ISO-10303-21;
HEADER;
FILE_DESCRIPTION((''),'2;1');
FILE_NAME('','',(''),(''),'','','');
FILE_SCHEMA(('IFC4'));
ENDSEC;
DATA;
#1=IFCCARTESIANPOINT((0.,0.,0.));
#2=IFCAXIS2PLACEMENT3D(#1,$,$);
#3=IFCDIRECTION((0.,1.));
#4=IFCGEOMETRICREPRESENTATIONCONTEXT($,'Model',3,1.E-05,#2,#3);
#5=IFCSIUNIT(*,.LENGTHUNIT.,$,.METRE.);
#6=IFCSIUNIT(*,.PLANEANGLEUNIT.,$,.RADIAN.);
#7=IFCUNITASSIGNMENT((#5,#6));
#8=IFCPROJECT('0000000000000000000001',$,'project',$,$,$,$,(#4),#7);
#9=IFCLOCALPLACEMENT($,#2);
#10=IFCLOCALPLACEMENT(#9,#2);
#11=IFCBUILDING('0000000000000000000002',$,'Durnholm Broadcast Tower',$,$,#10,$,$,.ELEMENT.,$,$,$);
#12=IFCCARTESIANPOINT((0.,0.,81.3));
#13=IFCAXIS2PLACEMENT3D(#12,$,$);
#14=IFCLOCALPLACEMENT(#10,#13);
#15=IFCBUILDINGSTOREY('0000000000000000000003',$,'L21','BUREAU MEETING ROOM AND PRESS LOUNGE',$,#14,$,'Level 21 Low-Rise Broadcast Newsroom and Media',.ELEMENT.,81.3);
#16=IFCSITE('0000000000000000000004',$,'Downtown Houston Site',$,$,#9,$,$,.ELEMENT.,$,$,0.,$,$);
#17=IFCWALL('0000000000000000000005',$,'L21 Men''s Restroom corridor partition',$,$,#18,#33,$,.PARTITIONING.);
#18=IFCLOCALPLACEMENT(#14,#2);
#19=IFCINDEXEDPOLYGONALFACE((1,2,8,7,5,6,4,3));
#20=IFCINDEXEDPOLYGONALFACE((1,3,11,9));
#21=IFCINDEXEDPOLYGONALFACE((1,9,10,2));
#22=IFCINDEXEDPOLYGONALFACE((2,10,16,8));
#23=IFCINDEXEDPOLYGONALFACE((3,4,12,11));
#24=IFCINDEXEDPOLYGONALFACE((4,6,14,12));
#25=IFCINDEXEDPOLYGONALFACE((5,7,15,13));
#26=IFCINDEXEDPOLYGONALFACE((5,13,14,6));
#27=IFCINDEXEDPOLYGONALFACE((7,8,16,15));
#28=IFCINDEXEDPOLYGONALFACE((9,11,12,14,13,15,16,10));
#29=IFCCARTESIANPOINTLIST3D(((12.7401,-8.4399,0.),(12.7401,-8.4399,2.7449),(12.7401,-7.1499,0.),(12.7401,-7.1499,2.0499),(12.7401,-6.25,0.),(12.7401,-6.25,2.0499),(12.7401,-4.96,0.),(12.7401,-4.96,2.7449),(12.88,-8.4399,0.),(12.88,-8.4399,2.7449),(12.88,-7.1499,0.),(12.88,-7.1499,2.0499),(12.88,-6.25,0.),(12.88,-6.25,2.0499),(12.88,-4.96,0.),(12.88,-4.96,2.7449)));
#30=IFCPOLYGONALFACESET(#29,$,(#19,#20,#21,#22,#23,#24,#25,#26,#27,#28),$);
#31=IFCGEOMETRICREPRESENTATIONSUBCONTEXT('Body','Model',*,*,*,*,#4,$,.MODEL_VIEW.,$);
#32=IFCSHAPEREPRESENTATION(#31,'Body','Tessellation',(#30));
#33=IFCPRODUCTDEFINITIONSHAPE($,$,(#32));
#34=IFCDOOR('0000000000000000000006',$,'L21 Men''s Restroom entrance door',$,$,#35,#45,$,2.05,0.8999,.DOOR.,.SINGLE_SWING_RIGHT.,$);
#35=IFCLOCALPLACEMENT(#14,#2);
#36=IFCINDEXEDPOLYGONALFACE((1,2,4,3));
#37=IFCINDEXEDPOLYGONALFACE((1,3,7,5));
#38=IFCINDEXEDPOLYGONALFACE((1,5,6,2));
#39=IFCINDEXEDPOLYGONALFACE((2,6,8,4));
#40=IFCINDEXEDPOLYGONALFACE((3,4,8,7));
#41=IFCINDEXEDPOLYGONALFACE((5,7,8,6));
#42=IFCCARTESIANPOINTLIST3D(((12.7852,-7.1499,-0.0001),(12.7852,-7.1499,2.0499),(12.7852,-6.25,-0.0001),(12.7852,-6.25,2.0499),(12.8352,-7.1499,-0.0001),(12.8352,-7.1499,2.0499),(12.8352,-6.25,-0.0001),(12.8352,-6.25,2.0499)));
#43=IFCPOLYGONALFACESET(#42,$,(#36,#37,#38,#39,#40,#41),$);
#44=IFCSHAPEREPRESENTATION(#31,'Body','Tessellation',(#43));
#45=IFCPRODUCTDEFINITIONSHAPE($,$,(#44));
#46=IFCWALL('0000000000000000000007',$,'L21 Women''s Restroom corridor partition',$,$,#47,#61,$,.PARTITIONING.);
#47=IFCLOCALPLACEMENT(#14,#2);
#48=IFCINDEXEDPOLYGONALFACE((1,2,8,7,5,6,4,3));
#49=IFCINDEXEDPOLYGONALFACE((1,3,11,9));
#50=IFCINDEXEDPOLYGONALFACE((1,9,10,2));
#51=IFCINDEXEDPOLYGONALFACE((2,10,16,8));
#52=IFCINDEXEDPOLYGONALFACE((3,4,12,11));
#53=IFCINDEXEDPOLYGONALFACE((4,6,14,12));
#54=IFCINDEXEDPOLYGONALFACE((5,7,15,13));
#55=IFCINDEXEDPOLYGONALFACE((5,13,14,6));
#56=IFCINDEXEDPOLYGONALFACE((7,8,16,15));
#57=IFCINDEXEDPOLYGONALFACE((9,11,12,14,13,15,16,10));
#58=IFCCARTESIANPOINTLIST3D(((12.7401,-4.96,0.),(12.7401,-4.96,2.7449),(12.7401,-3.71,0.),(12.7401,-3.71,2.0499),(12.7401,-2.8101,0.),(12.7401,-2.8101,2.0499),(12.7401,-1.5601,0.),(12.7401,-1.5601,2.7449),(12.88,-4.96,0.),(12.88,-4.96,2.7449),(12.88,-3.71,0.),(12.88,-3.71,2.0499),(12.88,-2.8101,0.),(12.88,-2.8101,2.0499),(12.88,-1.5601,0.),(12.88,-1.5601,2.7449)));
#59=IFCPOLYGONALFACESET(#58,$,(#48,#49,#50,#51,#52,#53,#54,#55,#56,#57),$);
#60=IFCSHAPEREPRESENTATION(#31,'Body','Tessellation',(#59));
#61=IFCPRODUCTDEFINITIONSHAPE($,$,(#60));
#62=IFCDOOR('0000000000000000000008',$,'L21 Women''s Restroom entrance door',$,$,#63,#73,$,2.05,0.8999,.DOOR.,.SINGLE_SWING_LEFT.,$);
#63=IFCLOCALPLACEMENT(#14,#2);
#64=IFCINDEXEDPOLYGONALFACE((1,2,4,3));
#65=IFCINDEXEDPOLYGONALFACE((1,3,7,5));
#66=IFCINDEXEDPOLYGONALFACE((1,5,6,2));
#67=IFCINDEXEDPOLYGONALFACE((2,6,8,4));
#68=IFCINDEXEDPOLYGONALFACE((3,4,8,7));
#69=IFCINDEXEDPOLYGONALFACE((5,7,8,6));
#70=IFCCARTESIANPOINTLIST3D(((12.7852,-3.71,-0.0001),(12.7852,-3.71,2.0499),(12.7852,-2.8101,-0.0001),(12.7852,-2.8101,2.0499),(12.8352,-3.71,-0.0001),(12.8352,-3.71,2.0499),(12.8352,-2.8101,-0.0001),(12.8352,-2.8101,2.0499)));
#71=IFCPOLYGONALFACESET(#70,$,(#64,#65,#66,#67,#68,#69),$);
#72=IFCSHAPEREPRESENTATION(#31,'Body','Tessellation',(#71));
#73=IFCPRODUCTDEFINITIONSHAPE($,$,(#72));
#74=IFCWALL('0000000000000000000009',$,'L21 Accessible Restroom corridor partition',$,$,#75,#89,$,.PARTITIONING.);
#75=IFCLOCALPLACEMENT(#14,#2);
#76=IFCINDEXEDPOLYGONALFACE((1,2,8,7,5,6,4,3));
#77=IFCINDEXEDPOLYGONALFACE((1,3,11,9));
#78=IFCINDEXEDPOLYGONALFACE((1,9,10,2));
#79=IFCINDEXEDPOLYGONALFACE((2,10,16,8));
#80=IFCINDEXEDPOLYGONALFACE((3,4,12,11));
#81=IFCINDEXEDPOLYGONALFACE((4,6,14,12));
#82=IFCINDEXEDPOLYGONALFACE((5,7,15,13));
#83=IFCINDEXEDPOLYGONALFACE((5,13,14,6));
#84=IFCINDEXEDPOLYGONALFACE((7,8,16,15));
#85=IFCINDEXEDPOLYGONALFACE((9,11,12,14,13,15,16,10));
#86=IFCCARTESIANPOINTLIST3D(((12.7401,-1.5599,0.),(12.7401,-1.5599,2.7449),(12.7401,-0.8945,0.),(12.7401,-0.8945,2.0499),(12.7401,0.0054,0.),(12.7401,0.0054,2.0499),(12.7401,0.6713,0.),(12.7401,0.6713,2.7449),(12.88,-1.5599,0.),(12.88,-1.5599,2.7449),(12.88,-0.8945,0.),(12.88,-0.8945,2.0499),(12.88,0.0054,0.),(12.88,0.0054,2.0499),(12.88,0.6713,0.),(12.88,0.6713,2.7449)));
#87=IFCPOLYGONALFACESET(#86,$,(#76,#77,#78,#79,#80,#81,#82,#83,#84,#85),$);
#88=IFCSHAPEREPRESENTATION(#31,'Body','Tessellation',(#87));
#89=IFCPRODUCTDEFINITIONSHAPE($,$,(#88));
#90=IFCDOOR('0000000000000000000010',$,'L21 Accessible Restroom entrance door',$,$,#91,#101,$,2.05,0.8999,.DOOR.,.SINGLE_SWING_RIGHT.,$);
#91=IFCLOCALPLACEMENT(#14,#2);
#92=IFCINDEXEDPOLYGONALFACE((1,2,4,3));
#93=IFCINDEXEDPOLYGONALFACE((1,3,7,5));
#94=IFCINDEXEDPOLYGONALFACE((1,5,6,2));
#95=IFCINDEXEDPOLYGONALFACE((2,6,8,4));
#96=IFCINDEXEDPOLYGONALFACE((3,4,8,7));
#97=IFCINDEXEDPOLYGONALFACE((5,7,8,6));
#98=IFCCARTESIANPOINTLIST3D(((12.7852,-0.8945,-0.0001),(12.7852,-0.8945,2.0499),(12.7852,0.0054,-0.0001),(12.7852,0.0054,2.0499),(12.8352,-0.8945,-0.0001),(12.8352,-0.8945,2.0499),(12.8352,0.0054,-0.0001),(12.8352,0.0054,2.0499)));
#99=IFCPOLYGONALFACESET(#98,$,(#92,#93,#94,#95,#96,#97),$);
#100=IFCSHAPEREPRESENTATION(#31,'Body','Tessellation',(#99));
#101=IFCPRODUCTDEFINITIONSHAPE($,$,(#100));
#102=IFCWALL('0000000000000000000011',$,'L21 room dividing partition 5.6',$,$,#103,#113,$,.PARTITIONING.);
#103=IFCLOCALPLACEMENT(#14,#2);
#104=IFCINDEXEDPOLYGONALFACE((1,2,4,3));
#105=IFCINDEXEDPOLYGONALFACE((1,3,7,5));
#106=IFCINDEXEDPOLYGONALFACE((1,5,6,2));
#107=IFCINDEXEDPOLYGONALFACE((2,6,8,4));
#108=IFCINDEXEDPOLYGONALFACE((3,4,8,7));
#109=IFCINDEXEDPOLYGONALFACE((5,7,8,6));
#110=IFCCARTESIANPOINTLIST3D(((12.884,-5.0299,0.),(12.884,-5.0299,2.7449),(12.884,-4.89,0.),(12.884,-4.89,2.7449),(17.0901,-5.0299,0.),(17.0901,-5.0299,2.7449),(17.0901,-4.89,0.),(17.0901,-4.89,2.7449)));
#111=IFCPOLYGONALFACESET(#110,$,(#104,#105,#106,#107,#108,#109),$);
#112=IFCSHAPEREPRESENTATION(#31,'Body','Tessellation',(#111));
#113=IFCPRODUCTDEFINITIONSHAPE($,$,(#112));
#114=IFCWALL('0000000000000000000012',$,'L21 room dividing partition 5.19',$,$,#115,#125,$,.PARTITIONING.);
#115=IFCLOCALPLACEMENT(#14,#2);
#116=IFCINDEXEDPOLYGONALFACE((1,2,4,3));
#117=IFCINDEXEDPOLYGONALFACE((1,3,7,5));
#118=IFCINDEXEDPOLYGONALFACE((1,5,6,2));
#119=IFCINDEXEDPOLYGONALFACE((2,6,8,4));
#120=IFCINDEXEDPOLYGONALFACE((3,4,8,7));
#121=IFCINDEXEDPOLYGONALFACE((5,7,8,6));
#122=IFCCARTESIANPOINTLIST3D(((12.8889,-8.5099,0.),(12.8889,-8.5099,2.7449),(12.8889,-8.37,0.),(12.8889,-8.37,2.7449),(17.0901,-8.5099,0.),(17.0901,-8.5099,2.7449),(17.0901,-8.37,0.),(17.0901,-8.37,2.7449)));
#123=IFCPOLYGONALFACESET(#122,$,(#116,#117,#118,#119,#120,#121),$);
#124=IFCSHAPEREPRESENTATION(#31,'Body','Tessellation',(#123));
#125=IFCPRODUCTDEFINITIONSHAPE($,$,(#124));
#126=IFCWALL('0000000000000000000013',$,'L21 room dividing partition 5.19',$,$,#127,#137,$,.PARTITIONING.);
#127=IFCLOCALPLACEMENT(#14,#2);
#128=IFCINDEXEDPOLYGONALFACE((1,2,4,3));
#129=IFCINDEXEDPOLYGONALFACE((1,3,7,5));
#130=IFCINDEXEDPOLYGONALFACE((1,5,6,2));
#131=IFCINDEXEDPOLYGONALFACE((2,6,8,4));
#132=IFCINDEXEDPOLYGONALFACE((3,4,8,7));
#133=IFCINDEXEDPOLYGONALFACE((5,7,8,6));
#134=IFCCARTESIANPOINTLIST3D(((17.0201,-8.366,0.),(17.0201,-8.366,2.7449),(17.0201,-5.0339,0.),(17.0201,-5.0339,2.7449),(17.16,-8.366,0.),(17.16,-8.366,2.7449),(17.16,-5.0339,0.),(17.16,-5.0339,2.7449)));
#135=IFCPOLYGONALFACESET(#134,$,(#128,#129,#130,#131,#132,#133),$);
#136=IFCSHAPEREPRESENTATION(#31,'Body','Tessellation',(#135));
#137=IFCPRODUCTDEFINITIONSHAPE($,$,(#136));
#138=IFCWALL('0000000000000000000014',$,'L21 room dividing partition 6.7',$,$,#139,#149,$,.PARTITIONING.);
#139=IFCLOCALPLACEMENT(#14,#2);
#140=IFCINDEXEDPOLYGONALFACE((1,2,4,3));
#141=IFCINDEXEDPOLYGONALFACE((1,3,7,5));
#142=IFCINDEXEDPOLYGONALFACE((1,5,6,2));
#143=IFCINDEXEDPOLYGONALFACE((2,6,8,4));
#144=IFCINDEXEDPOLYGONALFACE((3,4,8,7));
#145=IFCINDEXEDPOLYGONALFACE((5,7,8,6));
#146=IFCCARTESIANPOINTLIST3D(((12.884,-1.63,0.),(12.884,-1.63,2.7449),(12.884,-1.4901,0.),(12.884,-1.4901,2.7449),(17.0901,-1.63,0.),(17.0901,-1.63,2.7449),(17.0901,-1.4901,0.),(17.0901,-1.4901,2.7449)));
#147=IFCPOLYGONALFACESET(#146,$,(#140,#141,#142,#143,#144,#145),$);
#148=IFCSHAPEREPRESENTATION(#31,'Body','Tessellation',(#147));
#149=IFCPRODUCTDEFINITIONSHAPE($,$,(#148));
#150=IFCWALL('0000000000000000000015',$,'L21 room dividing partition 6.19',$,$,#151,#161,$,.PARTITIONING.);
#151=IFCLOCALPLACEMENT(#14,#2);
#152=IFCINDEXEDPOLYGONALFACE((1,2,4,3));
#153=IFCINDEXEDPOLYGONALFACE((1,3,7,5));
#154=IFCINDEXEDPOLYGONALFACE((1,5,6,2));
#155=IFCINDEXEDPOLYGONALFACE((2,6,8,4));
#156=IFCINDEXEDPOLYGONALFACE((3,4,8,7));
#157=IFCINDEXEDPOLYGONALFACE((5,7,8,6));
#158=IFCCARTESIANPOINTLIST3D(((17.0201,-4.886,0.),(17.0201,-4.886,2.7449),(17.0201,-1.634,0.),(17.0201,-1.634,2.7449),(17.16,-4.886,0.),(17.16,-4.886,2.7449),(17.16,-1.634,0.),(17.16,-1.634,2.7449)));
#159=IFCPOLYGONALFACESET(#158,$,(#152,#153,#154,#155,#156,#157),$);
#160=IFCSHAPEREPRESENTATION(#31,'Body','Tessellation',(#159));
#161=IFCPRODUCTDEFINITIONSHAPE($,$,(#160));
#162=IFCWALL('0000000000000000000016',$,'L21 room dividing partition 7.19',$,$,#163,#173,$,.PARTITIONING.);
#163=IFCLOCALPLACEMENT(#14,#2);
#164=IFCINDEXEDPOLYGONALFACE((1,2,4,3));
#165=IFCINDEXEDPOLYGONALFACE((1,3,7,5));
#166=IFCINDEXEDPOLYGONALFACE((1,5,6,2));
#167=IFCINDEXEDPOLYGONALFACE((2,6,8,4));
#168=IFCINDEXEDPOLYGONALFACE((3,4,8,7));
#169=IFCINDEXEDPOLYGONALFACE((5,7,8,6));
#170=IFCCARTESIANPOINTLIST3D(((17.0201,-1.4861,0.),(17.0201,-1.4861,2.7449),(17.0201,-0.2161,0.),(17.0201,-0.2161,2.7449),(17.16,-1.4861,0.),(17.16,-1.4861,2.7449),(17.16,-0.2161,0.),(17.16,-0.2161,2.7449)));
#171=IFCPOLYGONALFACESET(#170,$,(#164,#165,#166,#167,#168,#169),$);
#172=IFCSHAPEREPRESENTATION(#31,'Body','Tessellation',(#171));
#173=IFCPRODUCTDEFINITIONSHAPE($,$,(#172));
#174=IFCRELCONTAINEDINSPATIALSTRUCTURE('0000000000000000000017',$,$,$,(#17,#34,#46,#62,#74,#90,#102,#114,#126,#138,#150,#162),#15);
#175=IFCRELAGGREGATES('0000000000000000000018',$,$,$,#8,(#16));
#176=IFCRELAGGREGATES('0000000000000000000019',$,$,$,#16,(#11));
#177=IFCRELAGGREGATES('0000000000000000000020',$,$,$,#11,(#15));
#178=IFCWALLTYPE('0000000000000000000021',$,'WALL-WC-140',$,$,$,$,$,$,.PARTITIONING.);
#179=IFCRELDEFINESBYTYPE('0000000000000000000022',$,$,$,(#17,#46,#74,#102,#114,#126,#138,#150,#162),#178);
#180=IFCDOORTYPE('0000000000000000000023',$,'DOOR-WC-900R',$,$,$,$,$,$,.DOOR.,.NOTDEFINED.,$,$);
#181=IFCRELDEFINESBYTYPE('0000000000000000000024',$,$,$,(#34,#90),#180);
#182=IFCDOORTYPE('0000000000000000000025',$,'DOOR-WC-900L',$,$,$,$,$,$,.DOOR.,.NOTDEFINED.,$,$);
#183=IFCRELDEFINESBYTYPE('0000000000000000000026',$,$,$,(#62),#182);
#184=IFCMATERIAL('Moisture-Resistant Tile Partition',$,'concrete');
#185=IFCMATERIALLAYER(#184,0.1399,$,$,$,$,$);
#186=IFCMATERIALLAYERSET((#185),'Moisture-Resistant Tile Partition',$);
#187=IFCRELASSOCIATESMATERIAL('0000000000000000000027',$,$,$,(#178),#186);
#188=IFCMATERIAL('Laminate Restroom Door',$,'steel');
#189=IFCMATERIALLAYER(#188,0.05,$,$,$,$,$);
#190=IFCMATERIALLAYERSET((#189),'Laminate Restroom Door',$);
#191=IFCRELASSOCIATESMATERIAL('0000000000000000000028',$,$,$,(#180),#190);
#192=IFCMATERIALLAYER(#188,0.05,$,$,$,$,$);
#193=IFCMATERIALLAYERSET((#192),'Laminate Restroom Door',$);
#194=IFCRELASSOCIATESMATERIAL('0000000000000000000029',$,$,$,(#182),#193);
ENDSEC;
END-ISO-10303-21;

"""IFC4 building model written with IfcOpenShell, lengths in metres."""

from ifc_helpers import new_model, si_unit, direction, frame, frame_2d, origin, place, context, subcontext, project, spatial, rectangle, extrude, source, transform, mapped, material, layer, layer_set, type_object, type_shapes, element, fill, save


model = new_model("IFC4")

# Units and contexts
model_context = context("Model", 3, precision=1e-05, world=origin(), true_north=direction((0.0, 1.0)))
body_context = subcontext(model_context, "Body", "Model", "MODEL_VIEW")
ifc_project = project(units=[si_unit("LENGTHUNIT", "METRE"), si_unit("PLANEANGLEUNIT", "RADIAN")], contexts=[model_context])

# Site, building, storey
site_placement = place(None, origin())
site = spatial("IfcSite", under=ifc_project, at=site_placement, Name="Downtown Houston Site", CompositionType="ELEMENT", RefElevation=0.0)
building_placement = place(site_placement, origin())
building = spatial("IfcBuilding", under=site, at=building_placement, Name="Durnholm Broadcast Tower", CompositionType="ELEMENT")
storey_placement = place(building_placement, frame((0.0, 0.0, 81.3)))
storey = spatial("IfcBuildingStorey", under=building, at=storey_placement, Name="L21", Description="BUREAU MEETING ROOM AND PRESS LOUNGE", LongName="Level 21 Low-Rise Broadcast Newsroom and Media", CompositionType="ELEMENT", Elevation=81.3)

# Walls, openings, doors
ifc_material_1 = material(Name="Moisture-Resistant Tile Partition", Category="concrete")
ifc_layer_1 = layer(ifc_material_1, 0.1399)
ifc_layer_set_1 = layer_set([ifc_layer_1], Name="Moisture-Resistant Tile Partition")
wall_type = type_object("IfcWallType", Name="WALL-WC-140", PredefinedType="PARTITIONING", material=ifc_layer_set_1)
wall_1_placement = place(storey_placement, frame((12.8101, -8.4399, 0.0), z_axis=(0.0, 0.0, 1.0), x_axis=(0.0, 1.0, 0.0)))
wall_1 = element("IfcWall", 1, at=wall_1_placement, inside=storey, type_object=wall_type, Name="L21 Men's Restroom corridor partition", PredefinedType="PARTITIONING", context=body_context, shape_type="SweptSolid", body=[
    extrude(rectangle(XDim=3.48, YDim=0.1399, at=frame_2d((1.74, 0.0))), origin(), (0.0, 0.0, 1.0), 2.7449),
])
opening_1_placement = place(wall_1_placement, frame((1.29, 0.0, 0.0)))
opening_1 = element("IfcOpeningElement", 2, at=opening_1_placement, cuts=wall_1, PredefinedType="OPENING", context=body_context, shape_type="SweptSolid", body=[
    extrude(rectangle(XDim=0.8999, YDim=2.05, at=frame_2d((0.45, 1.0249))), frame((0.0, 0.0801, 0.0), z_axis=(0.0, -1.0, 0.0), x_axis=(1.0, 0.0, 0.0)), (0.0, 0.0, 1.0), 0.1599),
])
ifc_material_2 = material(Name="Laminate Restroom Door", Category="steel")
ifc_layer_2 = layer(ifc_material_2, 0.05)
ifc_layer_set_2 = layer_set([ifc_layer_2], Name="Laminate Restroom Door")
door_type_1 = type_object("IfcDoorType", Name="DOOR-WC-900R", OperationType="NOTDEFINED", PredefinedType="DOOR", material=ifc_layer_set_2)
shared_shape_1 = source(origin(), body_context, "Body", "SweptSolid", [
    extrude(rectangle(XDim=0.8999, YDim=2.05, at=frame_2d((0.45, 1.0249))), frame((0.0, 0.0249, 0.0), z_axis=(0.0, -1.0, 0.0), x_axis=(1.0, 0.0, 0.0)), (0.0, 0.0, 1.0), 0.05),
])
type_shapes(door_type_1, [shared_shape_1])
door_1_placement = place(opening_1_placement, origin())
door_1 = element("IfcDoor", 3, at=door_1_placement, inside=storey, type_object=door_type_1, Name="L21 Men's Restroom entrance door", OperationType="SINGLE_SWING_RIGHT", OverallHeight=2.05, OverallWidth=0.8999, PredefinedType="DOOR", context=body_context, shape_type="MappedRepresentation", body=[
    mapped(shared_shape_1, transform((0.0, 0.0, 0.0), x_axis=(1.0, 0.0, 0.0), y_axis=(0.0, 1.0, 0.0), z_axis=(0.0, 0.0, 1.0), scale=1.0)),
])
fill(opening_1, door_1)
wall_2_placement = place(storey_placement, frame((12.8101, -4.96, 0.0), z_axis=(0.0, 0.0, 1.0), x_axis=(0.0, 1.0, 0.0)))
wall_2 = element("IfcWall", 4, at=wall_2_placement, inside=storey, type_object=wall_type, Name="L21 Women's Restroom corridor partition", PredefinedType="PARTITIONING", context=body_context, shape_type="SweptSolid", body=[
    extrude(rectangle(XDim=3.3999, YDim=0.1399, at=frame_2d((1.7, 0.0))), origin(), (0.0, 0.0, 1.0), 2.7449),
])
opening_2_placement = place(wall_2_placement, frame((1.25, 0.0, 0.0)))
opening_2 = element("IfcOpeningElement", 5, at=opening_2_placement, cuts=wall_2, PredefinedType="OPENING", context=body_context, shape_type="SweptSolid", body=[
    extrude(rectangle(XDim=0.8999, YDim=2.05, at=frame_2d((0.45, 1.0249))), frame((0.0, 0.0801, 0.0), z_axis=(0.0, -1.0, 0.0), x_axis=(1.0, 0.0, 0.0)), (0.0, 0.0, 1.0), 0.1599),
])
ifc_layer_3 = layer(ifc_material_2, 0.05)
ifc_layer_set_3 = layer_set([ifc_layer_3], Name="Laminate Restroom Door")
door_type_2 = type_object("IfcDoorType", Name="DOOR-WC-900L", OperationType="NOTDEFINED", PredefinedType="DOOR", material=ifc_layer_set_3)
shared_shape_2 = source(origin(), body_context, "Body", "SweptSolid", [
    extrude(rectangle(XDim=0.8999, YDim=2.05, at=frame_2d((0.45, 1.0249))), frame((0.0, 0.0249, 0.0), z_axis=(0.0, -1.0, 0.0), x_axis=(1.0, 0.0, 0.0)), (0.0, 0.0, 1.0), 0.05),
])
type_shapes(door_type_2, [shared_shape_2])
door_2_placement = place(opening_2_placement, origin())
door_2 = element("IfcDoor", 6, at=door_2_placement, inside=storey, type_object=door_type_2, Name="L21 Women's Restroom entrance door", OperationType="SINGLE_SWING_LEFT", OverallHeight=2.05, OverallWidth=0.8999, PredefinedType="DOOR", context=body_context, shape_type="MappedRepresentation", body=[
    mapped(shared_shape_2, transform((0.0, 0.0, 0.0), x_axis=(1.0, 0.0, 0.0), y_axis=(0.0, 1.0, 0.0), z_axis=(0.0, 0.0, 1.0), scale=1.0)),
])
fill(opening_2, door_2)
wall_3_placement = place(storey_placement, frame((12.8101, -1.5601, 0.0), z_axis=(0.0, 0.0, 1.0), x_axis=(0.0, 1.0, 0.0)))
wall_3 = element("IfcWall", 7, at=wall_3_placement, inside=storey, type_object=wall_type, Name="L21 Accessible Restroom corridor partition", PredefinedType="PARTITIONING", context=body_context, shape_type="SweptSolid", body=[
    extrude(rectangle(XDim=2.2312, YDim=0.1399, at=frame_2d((1.1157, 0.0))), origin(), (0.0, 0.0, 1.0), 2.7449),
])
opening_3_placement = place(wall_3_placement, frame((0.6655, 0.0, 0.0)))
opening_3 = element("IfcOpeningElement", 8, at=opening_3_placement, cuts=wall_3, PredefinedType="OPENING", context=body_context, shape_type="SweptSolid", body=[
    extrude(rectangle(XDim=0.8999, YDim=2.05, at=frame_2d((0.45, 1.0249))), frame((0.0, 0.0801, 0.0), z_axis=(0.0, -1.0, 0.0), x_axis=(1.0, 0.0, 0.0)), (0.0, 0.0, 1.0), 0.1599),
])
door_3_placement = place(opening_3_placement, origin())
door_3 = element("IfcDoor", 9, at=door_3_placement, inside=storey, type_object=door_type_1, Name="L21 Accessible Restroom entrance door", OperationType="SINGLE_SWING_RIGHT", OverallHeight=2.05, OverallWidth=0.8999, PredefinedType="DOOR", context=body_context, shape_type="MappedRepresentation", body=[
    mapped(shared_shape_1, transform((0.0, 0.0, 0.0), x_axis=(1.0, 0.0, 0.0), y_axis=(0.0, 1.0, 0.0), z_axis=(0.0, 0.0, 1.0), scale=1.0)),
])
fill(opening_3, door_3)

# Walls
wall_4_placement = place(storey_placement, frame((12.884, -4.96, 0.0), z_axis=(0.0, 0.0, 1.0), x_axis=(1.0, 0.0, 0.0)))
element("IfcWall", 10, at=wall_4_placement, inside=storey, type_object=wall_type, Name="L21 room dividing partition 5.6", PredefinedType="PARTITIONING", context=body_context, shape_type="SweptSolid", body=[
    extrude(rectangle(XDim=4.2061, YDim=0.1399, at=frame_2d((2.103, 0.0))), origin(), (0.0, 0.0, 1.0), 2.7449),
])
wall_5_placement = place(storey_placement, frame((17.0901, -8.4399, 0.0), z_axis=(0.0, 0.0, 1.0), x_axis=(-1.0, 0.0, 0.0)))
element("IfcWall", 11, at=wall_5_placement, inside=storey, type_object=wall_type, Name="L21 room dividing partition 5.19", PredefinedType="PARTITIONING", context=body_context, shape_type="SweptSolid", body=[
    extrude(rectangle(XDim=4.2012, YDim=0.1399, at=frame_2d((2.1006, 0.0))), origin(), (0.0, 0.0, 1.0), 2.7449),
])
wall_6_placement = place(storey_placement, frame((17.0901, -5.0339, 0.0), z_axis=(0.0, 0.0, 1.0), x_axis=(0.0, -1.0, 0.0)))
element("IfcWall", 12, at=wall_6_placement, inside=storey, type_object=wall_type, Name="L21 room dividing partition 5.19", PredefinedType="PARTITIONING", context=body_context, shape_type="SweptSolid", body=[
    extrude(rectangle(XDim=3.332, YDim=0.1399, at=frame_2d((1.666, 0.0))), origin(), (0.0, 0.0, 1.0), 2.7449),
])
wall_7_placement = place(storey_placement, frame((12.884, -1.5601, 0.0), z_axis=(0.0, 0.0, 1.0), x_axis=(1.0, 0.0, 0.0)))
element("IfcWall", 13, at=wall_7_placement, inside=storey, type_object=wall_type, Name="L21 room dividing partition 6.7", PredefinedType="PARTITIONING", context=body_context, shape_type="SweptSolid", body=[
    extrude(rectangle(XDim=4.2061, YDim=0.1399, at=frame_2d((2.103, 0.0))), origin(), (0.0, 0.0, 1.0), 2.7449),
])
wall_8_placement = place(storey_placement, frame((17.0901, -1.634, 0.0), z_axis=(0.0, 0.0, 1.0), x_axis=(0.0, -1.0, 0.0)))
element("IfcWall", 14, at=wall_8_placement, inside=storey, type_object=wall_type, Name="L21 room dividing partition 6.19", PredefinedType="PARTITIONING", context=body_context, shape_type="SweptSolid", body=[
    extrude(rectangle(XDim=3.252, YDim=0.1399, at=frame_2d((1.626, 0.0))), origin(), (0.0, 0.0, 1.0), 2.7449),
])
wall_9_placement = place(storey_placement, frame((17.0901, -0.2161, 0.0), z_axis=(0.0, 0.0, 1.0), x_axis=(0.0, -1.0, 0.0)))
element("IfcWall", 15, at=wall_9_placement, inside=storey, type_object=wall_type, Name="L21 room dividing partition 7.19", PredefinedType="PARTITIONING", context=body_context, shape_type="SweptSolid", body=[
    extrude(rectangle(XDim=1.27, YDim=0.1399, at=frame_2d((0.635, 0.0))), origin(), (0.0, 0.0, 1.0), 2.7449),
])

save(model, "model.ifc")
